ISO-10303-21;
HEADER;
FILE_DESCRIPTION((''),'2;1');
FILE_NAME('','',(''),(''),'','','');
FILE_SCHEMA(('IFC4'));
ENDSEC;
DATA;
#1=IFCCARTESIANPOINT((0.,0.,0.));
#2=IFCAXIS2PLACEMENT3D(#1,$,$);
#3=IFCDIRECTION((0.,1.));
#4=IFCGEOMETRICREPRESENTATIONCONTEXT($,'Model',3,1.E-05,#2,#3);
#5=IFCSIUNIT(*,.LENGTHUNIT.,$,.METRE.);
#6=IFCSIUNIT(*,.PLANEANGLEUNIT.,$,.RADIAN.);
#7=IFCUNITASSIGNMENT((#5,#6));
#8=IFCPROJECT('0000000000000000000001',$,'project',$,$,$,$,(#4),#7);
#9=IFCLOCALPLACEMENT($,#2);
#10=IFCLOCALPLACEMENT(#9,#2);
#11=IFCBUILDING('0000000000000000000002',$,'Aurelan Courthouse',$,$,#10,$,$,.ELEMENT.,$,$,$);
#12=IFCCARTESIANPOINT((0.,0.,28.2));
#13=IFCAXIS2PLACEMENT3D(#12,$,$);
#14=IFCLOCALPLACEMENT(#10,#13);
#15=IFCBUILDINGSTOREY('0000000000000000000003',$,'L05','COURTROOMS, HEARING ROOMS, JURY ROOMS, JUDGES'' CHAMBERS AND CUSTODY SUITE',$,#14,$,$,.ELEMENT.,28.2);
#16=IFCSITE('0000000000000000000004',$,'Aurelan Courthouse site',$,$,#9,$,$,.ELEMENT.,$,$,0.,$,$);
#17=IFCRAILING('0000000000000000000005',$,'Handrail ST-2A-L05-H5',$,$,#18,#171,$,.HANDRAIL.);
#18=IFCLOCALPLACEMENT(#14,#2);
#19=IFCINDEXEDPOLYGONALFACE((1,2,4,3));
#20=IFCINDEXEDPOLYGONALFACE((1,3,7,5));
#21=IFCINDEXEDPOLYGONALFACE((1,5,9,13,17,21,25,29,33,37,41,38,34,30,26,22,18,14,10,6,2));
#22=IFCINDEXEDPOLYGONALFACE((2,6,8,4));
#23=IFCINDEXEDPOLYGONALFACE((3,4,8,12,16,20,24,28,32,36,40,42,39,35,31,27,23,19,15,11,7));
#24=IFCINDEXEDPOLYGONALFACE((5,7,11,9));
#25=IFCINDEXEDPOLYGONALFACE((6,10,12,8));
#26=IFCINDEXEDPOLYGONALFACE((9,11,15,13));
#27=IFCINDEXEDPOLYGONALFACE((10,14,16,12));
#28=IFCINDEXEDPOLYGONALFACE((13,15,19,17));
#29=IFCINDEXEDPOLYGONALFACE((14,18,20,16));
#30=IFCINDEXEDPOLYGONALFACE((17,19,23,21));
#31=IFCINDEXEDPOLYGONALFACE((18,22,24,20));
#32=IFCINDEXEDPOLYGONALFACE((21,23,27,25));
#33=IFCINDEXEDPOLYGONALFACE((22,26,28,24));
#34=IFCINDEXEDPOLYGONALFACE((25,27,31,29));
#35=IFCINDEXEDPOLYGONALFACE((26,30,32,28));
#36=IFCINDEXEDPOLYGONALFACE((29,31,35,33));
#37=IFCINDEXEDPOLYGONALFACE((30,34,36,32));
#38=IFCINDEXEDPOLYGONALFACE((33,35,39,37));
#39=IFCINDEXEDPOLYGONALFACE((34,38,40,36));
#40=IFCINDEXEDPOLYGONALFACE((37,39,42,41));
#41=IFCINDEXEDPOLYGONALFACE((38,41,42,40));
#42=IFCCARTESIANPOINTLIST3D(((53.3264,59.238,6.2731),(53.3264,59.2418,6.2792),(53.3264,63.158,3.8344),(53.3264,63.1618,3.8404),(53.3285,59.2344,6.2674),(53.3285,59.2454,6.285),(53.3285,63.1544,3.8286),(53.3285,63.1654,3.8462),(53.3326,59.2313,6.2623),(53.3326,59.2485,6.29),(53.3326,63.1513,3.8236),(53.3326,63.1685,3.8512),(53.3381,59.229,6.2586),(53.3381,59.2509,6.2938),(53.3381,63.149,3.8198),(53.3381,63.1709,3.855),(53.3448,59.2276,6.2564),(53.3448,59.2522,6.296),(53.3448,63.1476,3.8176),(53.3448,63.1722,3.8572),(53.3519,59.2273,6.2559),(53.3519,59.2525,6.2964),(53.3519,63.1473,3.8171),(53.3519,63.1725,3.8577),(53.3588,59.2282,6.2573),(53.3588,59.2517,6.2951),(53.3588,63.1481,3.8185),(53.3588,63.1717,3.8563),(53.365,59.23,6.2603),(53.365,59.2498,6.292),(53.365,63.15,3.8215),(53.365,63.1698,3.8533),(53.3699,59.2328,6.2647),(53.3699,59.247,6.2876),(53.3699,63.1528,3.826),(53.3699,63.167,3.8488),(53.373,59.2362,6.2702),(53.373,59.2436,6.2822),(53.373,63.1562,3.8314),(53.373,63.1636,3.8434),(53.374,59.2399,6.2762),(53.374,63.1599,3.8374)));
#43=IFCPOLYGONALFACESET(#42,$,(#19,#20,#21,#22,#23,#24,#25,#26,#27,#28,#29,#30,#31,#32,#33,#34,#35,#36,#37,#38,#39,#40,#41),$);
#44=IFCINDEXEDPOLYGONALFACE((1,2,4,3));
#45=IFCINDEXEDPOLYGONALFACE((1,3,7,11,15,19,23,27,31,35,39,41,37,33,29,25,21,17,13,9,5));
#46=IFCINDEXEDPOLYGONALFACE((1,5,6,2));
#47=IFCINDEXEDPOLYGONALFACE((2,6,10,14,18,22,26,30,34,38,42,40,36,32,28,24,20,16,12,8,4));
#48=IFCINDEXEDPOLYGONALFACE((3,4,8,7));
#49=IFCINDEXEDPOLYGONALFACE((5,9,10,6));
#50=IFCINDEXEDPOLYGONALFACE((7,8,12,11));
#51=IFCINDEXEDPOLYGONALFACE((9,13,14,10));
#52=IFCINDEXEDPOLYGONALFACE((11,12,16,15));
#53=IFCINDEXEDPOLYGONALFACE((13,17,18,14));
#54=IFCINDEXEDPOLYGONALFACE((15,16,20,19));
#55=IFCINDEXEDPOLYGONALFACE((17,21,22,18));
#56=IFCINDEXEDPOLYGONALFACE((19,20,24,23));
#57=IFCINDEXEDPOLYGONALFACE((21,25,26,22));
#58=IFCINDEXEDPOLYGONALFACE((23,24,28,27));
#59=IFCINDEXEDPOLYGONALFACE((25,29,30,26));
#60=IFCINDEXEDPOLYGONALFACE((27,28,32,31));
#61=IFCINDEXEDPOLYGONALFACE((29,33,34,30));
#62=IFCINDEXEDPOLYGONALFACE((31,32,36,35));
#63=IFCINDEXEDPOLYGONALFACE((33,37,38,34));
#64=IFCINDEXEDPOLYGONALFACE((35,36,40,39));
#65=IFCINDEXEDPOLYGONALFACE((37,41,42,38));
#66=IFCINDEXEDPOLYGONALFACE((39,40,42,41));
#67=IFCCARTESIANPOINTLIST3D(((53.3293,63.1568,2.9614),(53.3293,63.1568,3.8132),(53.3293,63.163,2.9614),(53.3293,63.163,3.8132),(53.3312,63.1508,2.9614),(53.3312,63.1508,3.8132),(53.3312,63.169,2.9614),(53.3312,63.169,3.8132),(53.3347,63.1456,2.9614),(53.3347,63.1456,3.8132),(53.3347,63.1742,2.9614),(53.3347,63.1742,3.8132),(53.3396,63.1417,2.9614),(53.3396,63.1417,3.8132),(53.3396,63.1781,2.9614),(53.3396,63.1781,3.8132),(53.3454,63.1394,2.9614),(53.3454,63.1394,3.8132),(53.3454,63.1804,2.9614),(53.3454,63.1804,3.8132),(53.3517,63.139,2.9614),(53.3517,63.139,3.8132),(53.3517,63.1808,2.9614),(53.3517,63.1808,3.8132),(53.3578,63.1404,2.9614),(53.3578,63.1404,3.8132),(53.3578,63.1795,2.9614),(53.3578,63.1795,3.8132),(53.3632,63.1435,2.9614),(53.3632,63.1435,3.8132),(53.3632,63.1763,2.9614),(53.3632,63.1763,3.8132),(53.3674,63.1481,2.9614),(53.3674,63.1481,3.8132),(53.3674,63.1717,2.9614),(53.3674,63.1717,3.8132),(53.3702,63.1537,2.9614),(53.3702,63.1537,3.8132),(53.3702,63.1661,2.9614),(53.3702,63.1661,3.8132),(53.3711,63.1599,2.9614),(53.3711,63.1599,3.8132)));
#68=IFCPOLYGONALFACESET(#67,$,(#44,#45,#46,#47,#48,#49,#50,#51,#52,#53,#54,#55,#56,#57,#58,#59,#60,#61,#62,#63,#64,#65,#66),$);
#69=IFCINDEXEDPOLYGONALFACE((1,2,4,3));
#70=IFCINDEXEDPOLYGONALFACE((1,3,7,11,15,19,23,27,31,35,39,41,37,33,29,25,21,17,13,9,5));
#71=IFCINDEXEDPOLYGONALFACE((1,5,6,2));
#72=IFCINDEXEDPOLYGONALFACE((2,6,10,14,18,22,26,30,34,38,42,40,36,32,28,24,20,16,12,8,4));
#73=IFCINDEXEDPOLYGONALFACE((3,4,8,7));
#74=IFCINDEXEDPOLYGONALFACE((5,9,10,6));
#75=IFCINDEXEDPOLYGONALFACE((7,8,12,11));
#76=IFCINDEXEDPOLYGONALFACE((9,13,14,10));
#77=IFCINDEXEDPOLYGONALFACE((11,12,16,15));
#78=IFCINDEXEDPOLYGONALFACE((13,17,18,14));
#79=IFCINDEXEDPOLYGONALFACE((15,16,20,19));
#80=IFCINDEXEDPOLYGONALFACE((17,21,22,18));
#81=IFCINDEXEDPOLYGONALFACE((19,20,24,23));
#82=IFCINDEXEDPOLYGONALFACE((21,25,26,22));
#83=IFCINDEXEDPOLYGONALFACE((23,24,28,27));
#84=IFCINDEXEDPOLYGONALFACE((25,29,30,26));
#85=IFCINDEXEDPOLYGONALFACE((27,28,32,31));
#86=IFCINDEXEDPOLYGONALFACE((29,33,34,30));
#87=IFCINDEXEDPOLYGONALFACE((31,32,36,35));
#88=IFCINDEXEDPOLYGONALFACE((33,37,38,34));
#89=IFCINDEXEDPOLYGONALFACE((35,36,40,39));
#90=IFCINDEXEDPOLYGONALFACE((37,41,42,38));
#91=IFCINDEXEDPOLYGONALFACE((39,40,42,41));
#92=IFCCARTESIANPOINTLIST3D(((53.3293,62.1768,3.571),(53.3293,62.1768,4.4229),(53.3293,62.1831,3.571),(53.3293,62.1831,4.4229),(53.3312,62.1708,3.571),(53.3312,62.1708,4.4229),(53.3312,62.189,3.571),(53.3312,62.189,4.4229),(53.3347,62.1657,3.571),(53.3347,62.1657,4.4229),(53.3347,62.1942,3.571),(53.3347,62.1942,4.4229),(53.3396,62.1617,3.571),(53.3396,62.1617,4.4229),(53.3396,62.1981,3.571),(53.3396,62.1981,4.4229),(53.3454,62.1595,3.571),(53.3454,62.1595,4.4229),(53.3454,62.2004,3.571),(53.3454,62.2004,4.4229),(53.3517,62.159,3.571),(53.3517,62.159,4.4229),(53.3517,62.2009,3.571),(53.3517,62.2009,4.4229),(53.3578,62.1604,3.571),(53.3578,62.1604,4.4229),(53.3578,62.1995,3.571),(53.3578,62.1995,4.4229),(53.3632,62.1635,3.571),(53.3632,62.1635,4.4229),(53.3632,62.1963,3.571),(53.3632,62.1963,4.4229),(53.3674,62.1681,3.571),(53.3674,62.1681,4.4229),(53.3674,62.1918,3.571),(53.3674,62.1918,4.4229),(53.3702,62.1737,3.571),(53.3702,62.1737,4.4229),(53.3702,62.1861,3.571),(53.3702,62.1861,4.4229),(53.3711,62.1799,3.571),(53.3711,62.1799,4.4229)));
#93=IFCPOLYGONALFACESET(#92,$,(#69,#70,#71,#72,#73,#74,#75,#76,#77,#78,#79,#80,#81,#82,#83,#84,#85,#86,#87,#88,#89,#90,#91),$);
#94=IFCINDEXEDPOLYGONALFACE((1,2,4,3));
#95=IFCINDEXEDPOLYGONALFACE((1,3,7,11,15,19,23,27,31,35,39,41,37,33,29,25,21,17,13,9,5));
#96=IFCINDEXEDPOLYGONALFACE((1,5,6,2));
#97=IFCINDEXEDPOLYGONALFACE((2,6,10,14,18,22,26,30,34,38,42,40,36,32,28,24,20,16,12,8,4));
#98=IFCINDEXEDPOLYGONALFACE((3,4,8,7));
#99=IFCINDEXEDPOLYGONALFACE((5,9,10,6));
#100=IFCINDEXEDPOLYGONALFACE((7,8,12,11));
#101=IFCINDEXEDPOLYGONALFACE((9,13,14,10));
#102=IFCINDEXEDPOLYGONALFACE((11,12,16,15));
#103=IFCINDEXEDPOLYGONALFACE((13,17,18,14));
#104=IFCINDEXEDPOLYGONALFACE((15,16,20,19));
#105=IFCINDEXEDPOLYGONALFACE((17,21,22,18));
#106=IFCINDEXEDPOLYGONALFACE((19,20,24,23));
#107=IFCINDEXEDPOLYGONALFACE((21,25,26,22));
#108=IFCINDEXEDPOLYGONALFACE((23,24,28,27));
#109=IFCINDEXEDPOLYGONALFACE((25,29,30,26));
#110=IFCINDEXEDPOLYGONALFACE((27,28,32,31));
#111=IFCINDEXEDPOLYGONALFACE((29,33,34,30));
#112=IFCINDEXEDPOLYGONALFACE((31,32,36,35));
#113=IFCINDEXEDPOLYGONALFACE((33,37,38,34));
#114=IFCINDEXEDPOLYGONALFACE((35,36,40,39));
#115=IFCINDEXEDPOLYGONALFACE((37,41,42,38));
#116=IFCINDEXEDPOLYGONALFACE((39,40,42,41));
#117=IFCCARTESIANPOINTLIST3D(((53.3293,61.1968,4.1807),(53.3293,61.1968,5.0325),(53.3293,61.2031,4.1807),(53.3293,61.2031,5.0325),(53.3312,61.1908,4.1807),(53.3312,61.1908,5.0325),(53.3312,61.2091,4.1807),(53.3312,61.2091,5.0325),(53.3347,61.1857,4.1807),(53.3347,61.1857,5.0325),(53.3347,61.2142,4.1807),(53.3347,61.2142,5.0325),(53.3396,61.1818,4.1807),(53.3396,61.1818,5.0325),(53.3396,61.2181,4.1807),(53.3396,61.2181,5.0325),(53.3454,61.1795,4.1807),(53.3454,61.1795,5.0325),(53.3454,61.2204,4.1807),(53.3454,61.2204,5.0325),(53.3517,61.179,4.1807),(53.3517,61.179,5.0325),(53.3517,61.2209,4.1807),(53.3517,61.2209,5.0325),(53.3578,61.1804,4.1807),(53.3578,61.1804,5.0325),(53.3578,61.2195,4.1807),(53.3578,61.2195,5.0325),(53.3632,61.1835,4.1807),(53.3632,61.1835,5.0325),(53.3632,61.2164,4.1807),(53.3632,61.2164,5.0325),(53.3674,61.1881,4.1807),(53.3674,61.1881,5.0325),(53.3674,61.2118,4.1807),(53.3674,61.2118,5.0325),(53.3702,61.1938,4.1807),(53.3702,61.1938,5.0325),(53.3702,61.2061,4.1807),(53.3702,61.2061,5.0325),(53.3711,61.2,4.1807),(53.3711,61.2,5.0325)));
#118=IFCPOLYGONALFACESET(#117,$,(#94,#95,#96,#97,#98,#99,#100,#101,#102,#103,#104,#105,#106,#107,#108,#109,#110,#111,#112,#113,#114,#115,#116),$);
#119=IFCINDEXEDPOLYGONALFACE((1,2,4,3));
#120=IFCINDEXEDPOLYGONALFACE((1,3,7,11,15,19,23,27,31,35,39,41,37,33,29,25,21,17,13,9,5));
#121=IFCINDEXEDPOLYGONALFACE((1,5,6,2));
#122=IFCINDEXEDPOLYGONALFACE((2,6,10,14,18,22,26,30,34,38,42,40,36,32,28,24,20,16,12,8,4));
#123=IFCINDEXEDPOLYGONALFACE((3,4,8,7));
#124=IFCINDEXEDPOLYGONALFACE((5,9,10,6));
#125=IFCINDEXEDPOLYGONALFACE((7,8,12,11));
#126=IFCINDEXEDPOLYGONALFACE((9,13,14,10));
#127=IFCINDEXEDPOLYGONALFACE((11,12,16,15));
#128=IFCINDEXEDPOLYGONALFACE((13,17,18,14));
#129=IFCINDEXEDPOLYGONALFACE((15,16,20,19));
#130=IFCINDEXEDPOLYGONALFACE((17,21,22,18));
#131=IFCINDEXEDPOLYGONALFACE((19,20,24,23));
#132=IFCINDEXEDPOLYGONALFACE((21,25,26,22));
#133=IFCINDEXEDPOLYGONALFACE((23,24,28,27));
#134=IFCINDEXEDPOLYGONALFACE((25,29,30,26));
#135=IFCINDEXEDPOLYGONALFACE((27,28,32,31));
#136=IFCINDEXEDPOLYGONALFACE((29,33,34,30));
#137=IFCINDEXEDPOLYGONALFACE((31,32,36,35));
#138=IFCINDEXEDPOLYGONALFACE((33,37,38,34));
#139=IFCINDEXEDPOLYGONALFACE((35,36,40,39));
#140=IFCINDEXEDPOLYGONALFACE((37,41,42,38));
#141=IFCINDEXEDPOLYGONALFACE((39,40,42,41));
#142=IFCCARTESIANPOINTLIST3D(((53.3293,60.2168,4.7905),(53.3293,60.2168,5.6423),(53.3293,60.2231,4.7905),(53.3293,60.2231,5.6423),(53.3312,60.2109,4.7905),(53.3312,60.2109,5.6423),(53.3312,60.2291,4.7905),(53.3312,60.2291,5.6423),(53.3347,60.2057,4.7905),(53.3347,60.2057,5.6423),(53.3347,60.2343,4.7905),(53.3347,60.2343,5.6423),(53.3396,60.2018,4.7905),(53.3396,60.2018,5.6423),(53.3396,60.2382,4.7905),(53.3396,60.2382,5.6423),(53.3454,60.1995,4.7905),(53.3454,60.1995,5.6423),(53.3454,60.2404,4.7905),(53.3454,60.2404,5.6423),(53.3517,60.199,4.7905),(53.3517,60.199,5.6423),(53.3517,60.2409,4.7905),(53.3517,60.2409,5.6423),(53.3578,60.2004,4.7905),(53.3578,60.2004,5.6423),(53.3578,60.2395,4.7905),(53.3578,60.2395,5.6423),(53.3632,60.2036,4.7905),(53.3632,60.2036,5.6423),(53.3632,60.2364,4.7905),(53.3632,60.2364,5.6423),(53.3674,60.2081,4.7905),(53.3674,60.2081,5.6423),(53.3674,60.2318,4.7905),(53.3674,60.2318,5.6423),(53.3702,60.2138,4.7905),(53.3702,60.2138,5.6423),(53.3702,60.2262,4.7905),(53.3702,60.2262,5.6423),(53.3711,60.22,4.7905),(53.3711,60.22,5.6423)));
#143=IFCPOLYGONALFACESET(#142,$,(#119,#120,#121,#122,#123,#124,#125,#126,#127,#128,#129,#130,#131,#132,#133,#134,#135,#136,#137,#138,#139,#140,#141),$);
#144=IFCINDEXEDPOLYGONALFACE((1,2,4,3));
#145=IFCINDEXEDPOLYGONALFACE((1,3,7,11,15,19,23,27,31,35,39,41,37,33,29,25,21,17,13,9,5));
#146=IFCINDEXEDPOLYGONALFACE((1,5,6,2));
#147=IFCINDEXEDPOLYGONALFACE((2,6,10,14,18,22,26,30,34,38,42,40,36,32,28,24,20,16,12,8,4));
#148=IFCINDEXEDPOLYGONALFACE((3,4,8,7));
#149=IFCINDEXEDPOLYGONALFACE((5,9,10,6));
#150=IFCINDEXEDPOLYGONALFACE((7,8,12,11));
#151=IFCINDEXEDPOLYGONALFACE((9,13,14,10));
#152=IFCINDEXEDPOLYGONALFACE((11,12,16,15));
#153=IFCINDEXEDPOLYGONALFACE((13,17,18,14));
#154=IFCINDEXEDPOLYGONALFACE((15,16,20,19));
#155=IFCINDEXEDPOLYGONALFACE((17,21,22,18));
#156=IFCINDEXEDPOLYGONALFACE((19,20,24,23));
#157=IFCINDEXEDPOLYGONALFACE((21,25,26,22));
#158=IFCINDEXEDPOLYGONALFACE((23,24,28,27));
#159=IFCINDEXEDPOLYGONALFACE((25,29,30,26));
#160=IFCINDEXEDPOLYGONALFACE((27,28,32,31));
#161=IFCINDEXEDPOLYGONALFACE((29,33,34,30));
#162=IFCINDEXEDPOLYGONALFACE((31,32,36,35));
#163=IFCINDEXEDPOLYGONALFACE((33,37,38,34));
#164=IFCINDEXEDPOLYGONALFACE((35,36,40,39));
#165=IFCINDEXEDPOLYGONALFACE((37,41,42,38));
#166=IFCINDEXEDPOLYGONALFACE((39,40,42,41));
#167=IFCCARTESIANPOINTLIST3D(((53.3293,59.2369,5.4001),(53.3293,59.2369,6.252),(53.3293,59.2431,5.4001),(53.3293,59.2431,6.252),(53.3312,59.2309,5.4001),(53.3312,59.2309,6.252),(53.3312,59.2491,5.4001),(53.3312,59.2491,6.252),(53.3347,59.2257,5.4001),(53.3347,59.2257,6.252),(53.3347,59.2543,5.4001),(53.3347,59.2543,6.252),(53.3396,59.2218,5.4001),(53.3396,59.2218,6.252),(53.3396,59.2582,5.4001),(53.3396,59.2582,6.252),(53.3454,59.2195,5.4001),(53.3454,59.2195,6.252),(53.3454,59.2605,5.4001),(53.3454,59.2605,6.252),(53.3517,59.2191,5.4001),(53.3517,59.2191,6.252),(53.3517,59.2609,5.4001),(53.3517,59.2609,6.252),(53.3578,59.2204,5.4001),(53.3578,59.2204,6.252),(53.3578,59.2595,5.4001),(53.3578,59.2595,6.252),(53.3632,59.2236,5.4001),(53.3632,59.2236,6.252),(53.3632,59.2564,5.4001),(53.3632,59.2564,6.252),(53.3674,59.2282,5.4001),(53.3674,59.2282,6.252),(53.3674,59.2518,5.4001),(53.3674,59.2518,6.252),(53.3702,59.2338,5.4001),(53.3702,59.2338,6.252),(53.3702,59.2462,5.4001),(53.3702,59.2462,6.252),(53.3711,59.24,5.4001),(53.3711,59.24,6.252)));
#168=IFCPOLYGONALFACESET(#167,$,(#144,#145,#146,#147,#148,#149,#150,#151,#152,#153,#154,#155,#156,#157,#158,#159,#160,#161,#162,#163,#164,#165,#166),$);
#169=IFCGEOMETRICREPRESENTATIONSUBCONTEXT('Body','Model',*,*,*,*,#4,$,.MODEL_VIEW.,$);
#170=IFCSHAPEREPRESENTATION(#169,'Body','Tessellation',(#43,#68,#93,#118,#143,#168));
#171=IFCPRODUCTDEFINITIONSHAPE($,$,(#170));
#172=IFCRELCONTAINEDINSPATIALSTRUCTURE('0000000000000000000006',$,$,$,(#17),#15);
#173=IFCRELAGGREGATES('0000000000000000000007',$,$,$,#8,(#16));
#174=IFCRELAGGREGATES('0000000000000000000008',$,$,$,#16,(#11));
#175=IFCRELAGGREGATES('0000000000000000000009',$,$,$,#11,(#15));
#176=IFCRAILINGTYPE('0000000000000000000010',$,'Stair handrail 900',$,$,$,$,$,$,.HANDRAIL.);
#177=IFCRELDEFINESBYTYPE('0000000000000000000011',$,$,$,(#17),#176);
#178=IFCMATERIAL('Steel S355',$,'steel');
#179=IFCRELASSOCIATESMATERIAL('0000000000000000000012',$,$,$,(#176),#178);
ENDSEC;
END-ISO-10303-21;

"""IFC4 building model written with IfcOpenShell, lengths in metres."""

from ifc_helpers import new_model, si_unit, direction, frame, origin, origin_2d, place, context, subcontext, project, spatial, circle, extrude, material, type_object, element, save


model = new_model("IFC4")

# Units and contexts
model_context = context("Model", 3, precision=1e-05, world=origin(), true_north=direction((0.0, 1.0)))
body_context = subcontext(model_context, "Body", "Model", "MODEL_VIEW")
ifc_project = project(units=[si_unit("LENGTHUNIT", "METRE"), si_unit("PLANEANGLEUNIT", "RADIAN")], contexts=[model_context])

# Site, building, storey
site_placement = place(None, origin())
site = spatial("IfcSite", under=ifc_project, at=site_placement, Name="Aurelan Courthouse site", CompositionType="ELEMENT", RefElevation=0.0)
building_placement = place(site_placement, origin())
building = spatial("IfcBuilding", under=site, at=building_placement, Name="Aurelan Courthouse", CompositionType="ELEMENT")
storey_placement = place(building_placement, frame((0.0, 0.0, 28.2)))
storey = spatial("IfcBuildingStorey", under=building, at=storey_placement, Name="L05", Description="COURTROOMS, HEARING ROOMS, JURY ROOMS, JUDGES' CHAMBERS AND CUSTODY SUITE", CompositionType="ELEMENT", Elevation=28.2)

# Railing
ifc_material_1 = material(Name="Steel S355", Category="steel")
railing_type_1 = type_object("IfcRailingType", Name="Stair handrail 900", PredefinedType="HANDRAIL", material=ifc_material_1)
for number, where, name in (
    (1, (53.3501, 63.1599, 2.9614), "Handrail ST-2A-L05-H5"),
):
    element("IfcRailing", number, at=place(storey_placement, frame(where)), inside=storey, type_object=railing_type_1, Name=name, PredefinedType="HANDRAIL", context=body_context, shape_type="SweptSolid", body=[
        extrude(circle(Radius=0.0239, at=origin_2d()), frame((0.0, 0.0, 0.876), z_axis=(0.0, -0.84909, 0.528249), x_axis=(1.0, 0.0, 0.0)), (0.0, 0.0, 1.0), 4.6167),
        extrude(circle(Radius=0.021, at=origin_2d()), origin(), (0.0, 0.0, 1.0), 0.8518),
        extrude(circle(Radius=0.021, at=origin_2d()), frame((0.0, -0.98, 0.6096)), (0.0, 0.0, 1.0), 0.8518),
        extrude(circle(Radius=0.021, at=origin_2d()), frame((0.0, -1.96, 1.2192)), (0.0, 0.0, 1.0), 0.8518),
        extrude(circle(Radius=0.021, at=origin_2d()), frame((0.0, -2.9399, 1.8291)), (0.0, 0.0, 1.0), 0.8518),
        extrude(circle(Radius=0.021, at=origin_2d()), frame((0.0, -3.9199, 2.4387)), (0.0, 0.0, 1.0), 0.8518),
    ])

save(model, "model.ifc")
